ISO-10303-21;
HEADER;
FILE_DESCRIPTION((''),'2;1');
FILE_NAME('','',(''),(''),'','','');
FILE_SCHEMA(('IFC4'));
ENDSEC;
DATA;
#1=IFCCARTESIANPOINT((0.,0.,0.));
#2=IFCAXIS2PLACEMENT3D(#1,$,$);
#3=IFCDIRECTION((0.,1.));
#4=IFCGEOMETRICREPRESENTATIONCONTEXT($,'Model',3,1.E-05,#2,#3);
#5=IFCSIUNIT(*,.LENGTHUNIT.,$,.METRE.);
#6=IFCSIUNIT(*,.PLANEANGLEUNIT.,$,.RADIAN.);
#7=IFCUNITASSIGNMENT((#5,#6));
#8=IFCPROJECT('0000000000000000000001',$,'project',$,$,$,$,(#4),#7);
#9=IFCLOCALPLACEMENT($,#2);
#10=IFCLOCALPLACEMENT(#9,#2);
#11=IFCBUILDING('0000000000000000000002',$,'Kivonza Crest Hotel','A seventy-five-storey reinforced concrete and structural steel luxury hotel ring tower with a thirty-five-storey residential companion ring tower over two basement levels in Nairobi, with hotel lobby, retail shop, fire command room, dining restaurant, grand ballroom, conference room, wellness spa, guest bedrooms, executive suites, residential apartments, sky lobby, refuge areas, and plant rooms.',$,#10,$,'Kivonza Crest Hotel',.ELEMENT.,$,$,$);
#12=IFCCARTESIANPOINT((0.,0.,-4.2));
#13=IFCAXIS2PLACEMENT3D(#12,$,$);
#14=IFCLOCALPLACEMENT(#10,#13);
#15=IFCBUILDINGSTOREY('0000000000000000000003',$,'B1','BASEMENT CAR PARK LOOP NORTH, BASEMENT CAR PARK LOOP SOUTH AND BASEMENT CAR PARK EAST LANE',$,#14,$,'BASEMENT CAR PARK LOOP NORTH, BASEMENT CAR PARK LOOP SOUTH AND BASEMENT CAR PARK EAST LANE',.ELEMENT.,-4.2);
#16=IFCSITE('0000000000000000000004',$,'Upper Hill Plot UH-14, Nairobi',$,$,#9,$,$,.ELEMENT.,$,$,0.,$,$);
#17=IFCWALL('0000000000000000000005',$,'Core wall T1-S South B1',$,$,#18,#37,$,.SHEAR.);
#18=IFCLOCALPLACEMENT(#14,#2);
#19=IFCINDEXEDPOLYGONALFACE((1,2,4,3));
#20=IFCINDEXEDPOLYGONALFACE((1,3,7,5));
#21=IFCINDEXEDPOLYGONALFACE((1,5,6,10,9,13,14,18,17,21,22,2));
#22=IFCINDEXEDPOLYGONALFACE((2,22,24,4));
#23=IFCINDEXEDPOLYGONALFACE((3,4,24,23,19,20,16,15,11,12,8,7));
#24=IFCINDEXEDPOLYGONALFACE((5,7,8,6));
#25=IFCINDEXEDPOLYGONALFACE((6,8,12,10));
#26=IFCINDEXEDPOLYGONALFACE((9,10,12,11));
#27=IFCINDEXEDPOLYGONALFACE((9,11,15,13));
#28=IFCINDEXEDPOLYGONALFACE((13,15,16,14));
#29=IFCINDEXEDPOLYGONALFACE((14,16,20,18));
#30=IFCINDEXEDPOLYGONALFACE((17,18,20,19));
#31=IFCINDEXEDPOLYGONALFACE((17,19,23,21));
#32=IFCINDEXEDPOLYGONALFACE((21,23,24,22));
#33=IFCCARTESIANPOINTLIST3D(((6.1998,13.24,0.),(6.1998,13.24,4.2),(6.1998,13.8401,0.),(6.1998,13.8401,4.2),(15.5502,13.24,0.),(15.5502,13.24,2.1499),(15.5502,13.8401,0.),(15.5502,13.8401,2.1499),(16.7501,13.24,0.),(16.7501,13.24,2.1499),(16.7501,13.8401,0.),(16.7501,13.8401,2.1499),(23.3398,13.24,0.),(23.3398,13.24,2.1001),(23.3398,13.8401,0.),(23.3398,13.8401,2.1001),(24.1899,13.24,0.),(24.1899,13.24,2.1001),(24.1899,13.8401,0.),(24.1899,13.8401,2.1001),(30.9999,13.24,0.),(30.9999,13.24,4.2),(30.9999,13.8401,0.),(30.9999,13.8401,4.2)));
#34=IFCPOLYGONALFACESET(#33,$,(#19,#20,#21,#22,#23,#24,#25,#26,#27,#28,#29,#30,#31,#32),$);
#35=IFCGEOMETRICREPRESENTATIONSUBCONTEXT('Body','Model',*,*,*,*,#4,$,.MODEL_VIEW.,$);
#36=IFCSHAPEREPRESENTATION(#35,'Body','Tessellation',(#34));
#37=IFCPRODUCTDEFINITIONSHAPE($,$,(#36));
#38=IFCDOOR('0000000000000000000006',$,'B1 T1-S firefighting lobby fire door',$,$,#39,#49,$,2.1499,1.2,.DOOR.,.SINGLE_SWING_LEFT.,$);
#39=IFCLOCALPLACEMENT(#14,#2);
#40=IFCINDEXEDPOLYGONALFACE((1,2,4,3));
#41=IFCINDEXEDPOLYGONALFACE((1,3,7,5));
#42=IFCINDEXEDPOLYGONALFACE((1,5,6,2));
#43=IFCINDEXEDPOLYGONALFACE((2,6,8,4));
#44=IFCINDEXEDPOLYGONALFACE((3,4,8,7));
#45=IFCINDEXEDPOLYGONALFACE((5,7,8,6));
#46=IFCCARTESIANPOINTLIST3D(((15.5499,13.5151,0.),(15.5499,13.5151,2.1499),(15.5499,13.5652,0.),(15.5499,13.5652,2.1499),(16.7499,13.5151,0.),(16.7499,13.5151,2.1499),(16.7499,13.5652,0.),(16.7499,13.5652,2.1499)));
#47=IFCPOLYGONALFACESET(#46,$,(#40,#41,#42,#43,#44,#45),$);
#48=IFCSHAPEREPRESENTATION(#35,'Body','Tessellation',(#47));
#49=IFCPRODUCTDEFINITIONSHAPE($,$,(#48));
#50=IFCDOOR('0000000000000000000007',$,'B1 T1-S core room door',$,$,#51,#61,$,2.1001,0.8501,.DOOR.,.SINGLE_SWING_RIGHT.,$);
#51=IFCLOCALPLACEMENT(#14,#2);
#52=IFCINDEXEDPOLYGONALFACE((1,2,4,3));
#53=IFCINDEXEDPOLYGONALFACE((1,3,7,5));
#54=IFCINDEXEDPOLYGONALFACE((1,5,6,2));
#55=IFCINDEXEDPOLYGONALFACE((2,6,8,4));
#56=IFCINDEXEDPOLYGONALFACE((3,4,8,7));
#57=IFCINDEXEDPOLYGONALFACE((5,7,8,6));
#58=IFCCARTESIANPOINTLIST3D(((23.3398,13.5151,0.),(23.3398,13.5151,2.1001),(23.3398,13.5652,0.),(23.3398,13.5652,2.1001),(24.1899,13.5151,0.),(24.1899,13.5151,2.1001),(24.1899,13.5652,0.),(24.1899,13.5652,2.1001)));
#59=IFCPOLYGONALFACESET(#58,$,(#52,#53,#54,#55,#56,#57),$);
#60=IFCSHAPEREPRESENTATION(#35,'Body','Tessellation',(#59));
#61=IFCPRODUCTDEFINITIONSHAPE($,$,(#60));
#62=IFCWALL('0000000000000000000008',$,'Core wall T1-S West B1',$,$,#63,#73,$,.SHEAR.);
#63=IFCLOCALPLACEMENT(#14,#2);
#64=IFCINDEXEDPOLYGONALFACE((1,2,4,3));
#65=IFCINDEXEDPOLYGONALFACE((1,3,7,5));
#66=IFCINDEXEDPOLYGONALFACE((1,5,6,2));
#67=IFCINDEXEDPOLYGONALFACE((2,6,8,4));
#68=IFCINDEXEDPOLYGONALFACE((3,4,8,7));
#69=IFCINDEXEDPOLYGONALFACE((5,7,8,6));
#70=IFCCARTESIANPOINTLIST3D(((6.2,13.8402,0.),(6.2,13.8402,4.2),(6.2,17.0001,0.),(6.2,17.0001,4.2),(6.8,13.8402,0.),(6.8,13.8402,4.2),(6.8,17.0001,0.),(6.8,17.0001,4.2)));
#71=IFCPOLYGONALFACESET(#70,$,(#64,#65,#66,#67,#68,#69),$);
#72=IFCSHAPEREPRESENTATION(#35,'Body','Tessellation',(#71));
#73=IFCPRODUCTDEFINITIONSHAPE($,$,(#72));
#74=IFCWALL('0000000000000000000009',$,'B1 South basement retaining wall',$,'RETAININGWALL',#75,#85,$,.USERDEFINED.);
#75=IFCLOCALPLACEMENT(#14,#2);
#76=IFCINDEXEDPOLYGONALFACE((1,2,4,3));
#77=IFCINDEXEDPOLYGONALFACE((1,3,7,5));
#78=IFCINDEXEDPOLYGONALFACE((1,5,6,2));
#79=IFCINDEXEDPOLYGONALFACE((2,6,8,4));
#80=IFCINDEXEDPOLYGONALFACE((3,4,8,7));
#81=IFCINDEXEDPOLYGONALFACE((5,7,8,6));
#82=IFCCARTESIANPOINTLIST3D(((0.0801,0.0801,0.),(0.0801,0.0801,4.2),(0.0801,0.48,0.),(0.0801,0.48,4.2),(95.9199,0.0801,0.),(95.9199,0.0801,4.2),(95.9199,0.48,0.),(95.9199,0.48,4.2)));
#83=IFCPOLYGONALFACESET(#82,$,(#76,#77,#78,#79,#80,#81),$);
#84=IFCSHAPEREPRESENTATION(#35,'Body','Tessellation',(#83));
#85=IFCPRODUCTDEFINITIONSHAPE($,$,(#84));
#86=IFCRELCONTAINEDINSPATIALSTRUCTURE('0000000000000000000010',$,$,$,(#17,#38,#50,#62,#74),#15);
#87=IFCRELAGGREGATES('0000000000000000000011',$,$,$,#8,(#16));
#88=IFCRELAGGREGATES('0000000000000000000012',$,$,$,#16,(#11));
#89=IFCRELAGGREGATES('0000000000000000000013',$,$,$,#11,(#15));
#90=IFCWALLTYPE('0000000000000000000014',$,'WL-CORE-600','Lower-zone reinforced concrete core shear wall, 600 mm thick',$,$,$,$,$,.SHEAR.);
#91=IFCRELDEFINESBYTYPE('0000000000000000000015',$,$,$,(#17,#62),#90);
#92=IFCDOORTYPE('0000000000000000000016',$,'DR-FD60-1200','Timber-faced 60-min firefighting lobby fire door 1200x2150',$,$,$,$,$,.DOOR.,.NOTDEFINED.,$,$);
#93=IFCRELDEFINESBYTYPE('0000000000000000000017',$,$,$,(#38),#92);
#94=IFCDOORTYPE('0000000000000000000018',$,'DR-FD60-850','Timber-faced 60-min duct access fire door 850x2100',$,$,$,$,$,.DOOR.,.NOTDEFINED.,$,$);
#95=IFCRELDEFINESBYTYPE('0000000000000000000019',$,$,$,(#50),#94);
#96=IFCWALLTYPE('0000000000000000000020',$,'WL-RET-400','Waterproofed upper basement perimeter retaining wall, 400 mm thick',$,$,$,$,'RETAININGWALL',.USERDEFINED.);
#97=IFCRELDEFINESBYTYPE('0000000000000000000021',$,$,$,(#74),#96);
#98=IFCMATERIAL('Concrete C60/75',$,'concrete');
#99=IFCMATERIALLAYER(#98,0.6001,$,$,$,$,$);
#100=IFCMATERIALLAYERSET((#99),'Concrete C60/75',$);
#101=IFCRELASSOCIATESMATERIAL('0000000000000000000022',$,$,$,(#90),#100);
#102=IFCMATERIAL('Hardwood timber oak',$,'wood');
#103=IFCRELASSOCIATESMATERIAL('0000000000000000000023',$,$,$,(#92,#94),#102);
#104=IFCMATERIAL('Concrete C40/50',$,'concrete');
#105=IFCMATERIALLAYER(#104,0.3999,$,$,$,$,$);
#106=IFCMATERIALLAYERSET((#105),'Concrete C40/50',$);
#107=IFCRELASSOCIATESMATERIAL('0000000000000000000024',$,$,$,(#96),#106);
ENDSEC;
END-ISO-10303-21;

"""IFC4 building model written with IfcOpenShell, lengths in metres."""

from ifc_helpers import new_model, si_unit, direction, frame, frame_2d, origin, place, context, subcontext, project, spatial, rectangle, extrude, material, layer, layer_set, type_object, element, fill, save


model = new_model("IFC4")

# Units and contexts
model_context = context("Model", 3, precision=1e-05, world=origin(), true_north=direction((0.0, 1.0)))
body_context = subcontext(model_context, "Body", "Model", "MODEL_VIEW")
ifc_project = project(units=[si_unit("LENGTHUNIT", "METRE"), si_unit("PLANEANGLEUNIT", "RADIAN")], contexts=[model_context])

# Site, building, storey
site_placement = place(None, origin())
site = spatial("IfcSite", under=ifc_project, at=site_placement, Name="Upper Hill Plot UH-14, Nairobi", CompositionType="ELEMENT", RefElevation=0.0)
building_placement = place(site_placement, origin())
building = spatial("IfcBuilding", under=site, at=building_placement, Name="Kivonza Crest Hotel", Description="A seventy-five-storey reinforced concrete and structural steel luxury hotel ring tower with a thirty-five-storey residential companion ring tower over two basement levels in Nairobi, with hotel lobby, retail shop, fire command room, dining restaurant, grand ballroom, conference room, wellness spa, guest bedrooms, executive suites, residential apartments, sky lobby, refuge areas, and plant rooms.", LongName="Kivonza Crest Hotel", CompositionType="ELEMENT")
storey_placement = place(building_placement, frame((0.0, 0.0, -4.2)))
storey = spatial("IfcBuildingStorey", under=building, at=storey_placement, Name="B1", Description="BASEMENT CAR PARK LOOP NORTH, BASEMENT CAR PARK LOOP SOUTH AND BASEMENT CAR PARK EAST LANE", LongName="BASEMENT CAR PARK LOOP NORTH, BASEMENT CAR PARK LOOP SOUTH AND BASEMENT CAR PARK EAST LANE", CompositionType="ELEMENT", Elevation=-4.2)

# Shared definitions
ifc_material_1 = material(Name="Concrete C60/75", Category="concrete")

# Shared definitions
ifc_material_2 = material(Name="Concrete C40/50", Category="concrete")

# Wall, openings, doors
ifc_layer_1 = layer(ifc_material_1, 0.6001)
ifc_layer_set_1 = layer_set([ifc_layer_1], Name="Concrete C60/75")
wall_type_1 = type_object("IfcWallType", Name="WL-CORE-600", Description="Lower-zone reinforced concrete core shear wall, 600 mm thick", PredefinedType="SHEAR", material=ifc_layer_set_1)
wall_1_placement = place(storey_placement, frame((6.2, 13.54, 0.0), z_axis=(0.0, 0.0, 1.0), x_axis=(1.0, 0.0, 0.0)))
wall_1 = element("IfcWall", 1, at=wall_1_placement, inside=storey, type_object=wall_type_1, Name="Core wall T1-S South B1", PredefinedType="SHEAR", context=body_context, shape_type="SweptSolid", body=[
    extrude(rectangle(XDim=24.8, YDim=0.6001, at=frame_2d((12.3999, 0.0))), origin(), (0.0, 0.0, 1.0), 4.2),
])
opening_1_placement = place(wall_1_placement, frame((9.3501, 0.0, 0.0)))
opening_1 = element("IfcOpeningElement", 2, at=opening_1_placement, cuts=wall_1, PredefinedType="OPENING", context=body_context, shape_type="SweptSolid", body=[
    extrude(rectangle(XDim=1.2, YDim=2.1499, at=frame_2d((0.6001, 1.075))), frame((0.0, 0.3101, 0.0), z_axis=(0.0, -1.0, 0.0), x_axis=(1.0, 0.0, 0.0)), (0.0, 0.0, 1.0), 0.6201),
])
opening_2_placement = place(wall_1_placement, frame((17.1399, 0.0, 0.0)))
opening_2 = element("IfcOpeningElement", 3, at=opening_2_placement, cuts=wall_1, PredefinedType="OPENING", context=body_context, shape_type="SweptSolid", body=[
    extrude(rectangle(XDim=0.8501, YDim=2.1001, at=frame_2d((0.425, 1.05))), frame((0.0, 0.3101, 0.0), z_axis=(0.0, -1.0, 0.0), x_axis=(1.0, 0.0, 0.0)), (0.0, 0.0, 1.0), 0.6201),
])
ifc_material_3 = material(Name="Hardwood timber oak", Category="wood")
door_type_1 = type_object("IfcDoorType", Name="DR-FD60-1200", Description="Timber-faced 60-min firefighting lobby fire door 1200x2150", OperationType="NOTDEFINED", PredefinedType="DOOR", material=ifc_material_3)
door_1_placement = place(opening_1_placement, frame((1.2, 0.0, 0.0), z_axis=(0.0, 0.0, 1.0), x_axis=(-1.0, 0.0, 0.0)))
door_1 = element("IfcDoor", 4, at=door_1_placement, inside=storey, type_object=door_type_1, Name="B1 T1-S firefighting lobby fire door", OperationType="SINGLE_SWING_LEFT", OverallHeight=2.1499, OverallWidth=1.2, PredefinedType="DOOR", context=body_context, shape_type="SweptSolid", body=[
    extrude(rectangle(XDim=1.2, YDim=2.1499, at=frame_2d((0.6001, 1.075))), frame((0.0, 0.0249, 0.0), z_axis=(0.0, -1.0, 0.0), x_axis=(1.0, 0.0, 0.0)), (0.0, 0.0, 1.0), 0.05),
])
fill(opening_1, door_1)
door_type_2 = type_object("IfcDoorType", Name="DR-FD60-850", Description="Timber-faced 60-min duct access fire door 850x2100", OperationType="NOTDEFINED", PredefinedType="DOOR", material=ifc_material_3)
door_2_placement = place(opening_2_placement, frame((0.8501, 0.0, 0.0), z_axis=(0.0, 0.0, 1.0), x_axis=(-1.0, 0.0, 0.0)))
door_2 = element("IfcDoor", 5, at=door_2_placement, inside=storey, type_object=door_type_2, Name="B1 T1-S core room door", OperationType="SINGLE_SWING_RIGHT", OverallHeight=2.1001, OverallWidth=0.8501, PredefinedType="DOOR", context=body_context, shape_type="SweptSolid", body=[
    extrude(rectangle(XDim=0.8501, YDim=2.1001, at=frame_2d((0.425, 1.05))), frame((0.0, 0.0249, 0.0), z_axis=(0.0, -1.0, 0.0), x_axis=(1.0, 0.0, 0.0)), (0.0, 0.0, 1.0), 0.05),
])
fill(opening_2, door_2)

# Walls
wall_2_placement = place(storey_placement, frame((6.5, 13.8401, 0.0), z_axis=(0.0, 0.0, 1.0), x_axis=(0.0, 1.0, 0.0)))
element("IfcWall", 6, at=wall_2_placement, inside=storey, type_object=wall_type_1, Name="Core wall T1-S West B1", PredefinedType="SHEAR", context=body_context, shape_type="SweptSolid", body=[
    extrude(rectangle(XDim=3.1599, YDim=0.6001, at=frame_2d((1.5801, 0.0))), origin(), (0.0, 0.0, 1.0), 4.2),
])
ifc_layer_2 = layer(ifc_material_2, 0.3999)
ifc_layer_set_2 = layer_set([ifc_layer_2], Name="Concrete C40/50")
wall_type_2 = type_object("IfcWallType", Name="WL-RET-400", Description="Waterproofed upper basement perimeter retaining wall, 400 mm thick", ElementType="RETAININGWALL", PredefinedType="USERDEFINED", material=ifc_layer_set_2)
wall_3_placement = place(storey_placement, frame((0.0801, 0.28, 0.0), z_axis=(0.0, 0.0, 1.0), x_axis=(1.0, 0.0, 0.0)))
element("IfcWall", 7, at=wall_3_placement, inside=storey, type_object=wall_type_2, Name="B1 South basement retaining wall", ObjectType="RETAININGWALL", PredefinedType="USERDEFINED", context=body_context, shape_type="SweptSolid", body=[
    extrude(rectangle(XDim=95.8398, YDim=0.3999, at=frame_2d((47.9199, 0.0))), origin(), (0.0, 0.0, 1.0), 4.2),
])

save(model, "model.ifc")
